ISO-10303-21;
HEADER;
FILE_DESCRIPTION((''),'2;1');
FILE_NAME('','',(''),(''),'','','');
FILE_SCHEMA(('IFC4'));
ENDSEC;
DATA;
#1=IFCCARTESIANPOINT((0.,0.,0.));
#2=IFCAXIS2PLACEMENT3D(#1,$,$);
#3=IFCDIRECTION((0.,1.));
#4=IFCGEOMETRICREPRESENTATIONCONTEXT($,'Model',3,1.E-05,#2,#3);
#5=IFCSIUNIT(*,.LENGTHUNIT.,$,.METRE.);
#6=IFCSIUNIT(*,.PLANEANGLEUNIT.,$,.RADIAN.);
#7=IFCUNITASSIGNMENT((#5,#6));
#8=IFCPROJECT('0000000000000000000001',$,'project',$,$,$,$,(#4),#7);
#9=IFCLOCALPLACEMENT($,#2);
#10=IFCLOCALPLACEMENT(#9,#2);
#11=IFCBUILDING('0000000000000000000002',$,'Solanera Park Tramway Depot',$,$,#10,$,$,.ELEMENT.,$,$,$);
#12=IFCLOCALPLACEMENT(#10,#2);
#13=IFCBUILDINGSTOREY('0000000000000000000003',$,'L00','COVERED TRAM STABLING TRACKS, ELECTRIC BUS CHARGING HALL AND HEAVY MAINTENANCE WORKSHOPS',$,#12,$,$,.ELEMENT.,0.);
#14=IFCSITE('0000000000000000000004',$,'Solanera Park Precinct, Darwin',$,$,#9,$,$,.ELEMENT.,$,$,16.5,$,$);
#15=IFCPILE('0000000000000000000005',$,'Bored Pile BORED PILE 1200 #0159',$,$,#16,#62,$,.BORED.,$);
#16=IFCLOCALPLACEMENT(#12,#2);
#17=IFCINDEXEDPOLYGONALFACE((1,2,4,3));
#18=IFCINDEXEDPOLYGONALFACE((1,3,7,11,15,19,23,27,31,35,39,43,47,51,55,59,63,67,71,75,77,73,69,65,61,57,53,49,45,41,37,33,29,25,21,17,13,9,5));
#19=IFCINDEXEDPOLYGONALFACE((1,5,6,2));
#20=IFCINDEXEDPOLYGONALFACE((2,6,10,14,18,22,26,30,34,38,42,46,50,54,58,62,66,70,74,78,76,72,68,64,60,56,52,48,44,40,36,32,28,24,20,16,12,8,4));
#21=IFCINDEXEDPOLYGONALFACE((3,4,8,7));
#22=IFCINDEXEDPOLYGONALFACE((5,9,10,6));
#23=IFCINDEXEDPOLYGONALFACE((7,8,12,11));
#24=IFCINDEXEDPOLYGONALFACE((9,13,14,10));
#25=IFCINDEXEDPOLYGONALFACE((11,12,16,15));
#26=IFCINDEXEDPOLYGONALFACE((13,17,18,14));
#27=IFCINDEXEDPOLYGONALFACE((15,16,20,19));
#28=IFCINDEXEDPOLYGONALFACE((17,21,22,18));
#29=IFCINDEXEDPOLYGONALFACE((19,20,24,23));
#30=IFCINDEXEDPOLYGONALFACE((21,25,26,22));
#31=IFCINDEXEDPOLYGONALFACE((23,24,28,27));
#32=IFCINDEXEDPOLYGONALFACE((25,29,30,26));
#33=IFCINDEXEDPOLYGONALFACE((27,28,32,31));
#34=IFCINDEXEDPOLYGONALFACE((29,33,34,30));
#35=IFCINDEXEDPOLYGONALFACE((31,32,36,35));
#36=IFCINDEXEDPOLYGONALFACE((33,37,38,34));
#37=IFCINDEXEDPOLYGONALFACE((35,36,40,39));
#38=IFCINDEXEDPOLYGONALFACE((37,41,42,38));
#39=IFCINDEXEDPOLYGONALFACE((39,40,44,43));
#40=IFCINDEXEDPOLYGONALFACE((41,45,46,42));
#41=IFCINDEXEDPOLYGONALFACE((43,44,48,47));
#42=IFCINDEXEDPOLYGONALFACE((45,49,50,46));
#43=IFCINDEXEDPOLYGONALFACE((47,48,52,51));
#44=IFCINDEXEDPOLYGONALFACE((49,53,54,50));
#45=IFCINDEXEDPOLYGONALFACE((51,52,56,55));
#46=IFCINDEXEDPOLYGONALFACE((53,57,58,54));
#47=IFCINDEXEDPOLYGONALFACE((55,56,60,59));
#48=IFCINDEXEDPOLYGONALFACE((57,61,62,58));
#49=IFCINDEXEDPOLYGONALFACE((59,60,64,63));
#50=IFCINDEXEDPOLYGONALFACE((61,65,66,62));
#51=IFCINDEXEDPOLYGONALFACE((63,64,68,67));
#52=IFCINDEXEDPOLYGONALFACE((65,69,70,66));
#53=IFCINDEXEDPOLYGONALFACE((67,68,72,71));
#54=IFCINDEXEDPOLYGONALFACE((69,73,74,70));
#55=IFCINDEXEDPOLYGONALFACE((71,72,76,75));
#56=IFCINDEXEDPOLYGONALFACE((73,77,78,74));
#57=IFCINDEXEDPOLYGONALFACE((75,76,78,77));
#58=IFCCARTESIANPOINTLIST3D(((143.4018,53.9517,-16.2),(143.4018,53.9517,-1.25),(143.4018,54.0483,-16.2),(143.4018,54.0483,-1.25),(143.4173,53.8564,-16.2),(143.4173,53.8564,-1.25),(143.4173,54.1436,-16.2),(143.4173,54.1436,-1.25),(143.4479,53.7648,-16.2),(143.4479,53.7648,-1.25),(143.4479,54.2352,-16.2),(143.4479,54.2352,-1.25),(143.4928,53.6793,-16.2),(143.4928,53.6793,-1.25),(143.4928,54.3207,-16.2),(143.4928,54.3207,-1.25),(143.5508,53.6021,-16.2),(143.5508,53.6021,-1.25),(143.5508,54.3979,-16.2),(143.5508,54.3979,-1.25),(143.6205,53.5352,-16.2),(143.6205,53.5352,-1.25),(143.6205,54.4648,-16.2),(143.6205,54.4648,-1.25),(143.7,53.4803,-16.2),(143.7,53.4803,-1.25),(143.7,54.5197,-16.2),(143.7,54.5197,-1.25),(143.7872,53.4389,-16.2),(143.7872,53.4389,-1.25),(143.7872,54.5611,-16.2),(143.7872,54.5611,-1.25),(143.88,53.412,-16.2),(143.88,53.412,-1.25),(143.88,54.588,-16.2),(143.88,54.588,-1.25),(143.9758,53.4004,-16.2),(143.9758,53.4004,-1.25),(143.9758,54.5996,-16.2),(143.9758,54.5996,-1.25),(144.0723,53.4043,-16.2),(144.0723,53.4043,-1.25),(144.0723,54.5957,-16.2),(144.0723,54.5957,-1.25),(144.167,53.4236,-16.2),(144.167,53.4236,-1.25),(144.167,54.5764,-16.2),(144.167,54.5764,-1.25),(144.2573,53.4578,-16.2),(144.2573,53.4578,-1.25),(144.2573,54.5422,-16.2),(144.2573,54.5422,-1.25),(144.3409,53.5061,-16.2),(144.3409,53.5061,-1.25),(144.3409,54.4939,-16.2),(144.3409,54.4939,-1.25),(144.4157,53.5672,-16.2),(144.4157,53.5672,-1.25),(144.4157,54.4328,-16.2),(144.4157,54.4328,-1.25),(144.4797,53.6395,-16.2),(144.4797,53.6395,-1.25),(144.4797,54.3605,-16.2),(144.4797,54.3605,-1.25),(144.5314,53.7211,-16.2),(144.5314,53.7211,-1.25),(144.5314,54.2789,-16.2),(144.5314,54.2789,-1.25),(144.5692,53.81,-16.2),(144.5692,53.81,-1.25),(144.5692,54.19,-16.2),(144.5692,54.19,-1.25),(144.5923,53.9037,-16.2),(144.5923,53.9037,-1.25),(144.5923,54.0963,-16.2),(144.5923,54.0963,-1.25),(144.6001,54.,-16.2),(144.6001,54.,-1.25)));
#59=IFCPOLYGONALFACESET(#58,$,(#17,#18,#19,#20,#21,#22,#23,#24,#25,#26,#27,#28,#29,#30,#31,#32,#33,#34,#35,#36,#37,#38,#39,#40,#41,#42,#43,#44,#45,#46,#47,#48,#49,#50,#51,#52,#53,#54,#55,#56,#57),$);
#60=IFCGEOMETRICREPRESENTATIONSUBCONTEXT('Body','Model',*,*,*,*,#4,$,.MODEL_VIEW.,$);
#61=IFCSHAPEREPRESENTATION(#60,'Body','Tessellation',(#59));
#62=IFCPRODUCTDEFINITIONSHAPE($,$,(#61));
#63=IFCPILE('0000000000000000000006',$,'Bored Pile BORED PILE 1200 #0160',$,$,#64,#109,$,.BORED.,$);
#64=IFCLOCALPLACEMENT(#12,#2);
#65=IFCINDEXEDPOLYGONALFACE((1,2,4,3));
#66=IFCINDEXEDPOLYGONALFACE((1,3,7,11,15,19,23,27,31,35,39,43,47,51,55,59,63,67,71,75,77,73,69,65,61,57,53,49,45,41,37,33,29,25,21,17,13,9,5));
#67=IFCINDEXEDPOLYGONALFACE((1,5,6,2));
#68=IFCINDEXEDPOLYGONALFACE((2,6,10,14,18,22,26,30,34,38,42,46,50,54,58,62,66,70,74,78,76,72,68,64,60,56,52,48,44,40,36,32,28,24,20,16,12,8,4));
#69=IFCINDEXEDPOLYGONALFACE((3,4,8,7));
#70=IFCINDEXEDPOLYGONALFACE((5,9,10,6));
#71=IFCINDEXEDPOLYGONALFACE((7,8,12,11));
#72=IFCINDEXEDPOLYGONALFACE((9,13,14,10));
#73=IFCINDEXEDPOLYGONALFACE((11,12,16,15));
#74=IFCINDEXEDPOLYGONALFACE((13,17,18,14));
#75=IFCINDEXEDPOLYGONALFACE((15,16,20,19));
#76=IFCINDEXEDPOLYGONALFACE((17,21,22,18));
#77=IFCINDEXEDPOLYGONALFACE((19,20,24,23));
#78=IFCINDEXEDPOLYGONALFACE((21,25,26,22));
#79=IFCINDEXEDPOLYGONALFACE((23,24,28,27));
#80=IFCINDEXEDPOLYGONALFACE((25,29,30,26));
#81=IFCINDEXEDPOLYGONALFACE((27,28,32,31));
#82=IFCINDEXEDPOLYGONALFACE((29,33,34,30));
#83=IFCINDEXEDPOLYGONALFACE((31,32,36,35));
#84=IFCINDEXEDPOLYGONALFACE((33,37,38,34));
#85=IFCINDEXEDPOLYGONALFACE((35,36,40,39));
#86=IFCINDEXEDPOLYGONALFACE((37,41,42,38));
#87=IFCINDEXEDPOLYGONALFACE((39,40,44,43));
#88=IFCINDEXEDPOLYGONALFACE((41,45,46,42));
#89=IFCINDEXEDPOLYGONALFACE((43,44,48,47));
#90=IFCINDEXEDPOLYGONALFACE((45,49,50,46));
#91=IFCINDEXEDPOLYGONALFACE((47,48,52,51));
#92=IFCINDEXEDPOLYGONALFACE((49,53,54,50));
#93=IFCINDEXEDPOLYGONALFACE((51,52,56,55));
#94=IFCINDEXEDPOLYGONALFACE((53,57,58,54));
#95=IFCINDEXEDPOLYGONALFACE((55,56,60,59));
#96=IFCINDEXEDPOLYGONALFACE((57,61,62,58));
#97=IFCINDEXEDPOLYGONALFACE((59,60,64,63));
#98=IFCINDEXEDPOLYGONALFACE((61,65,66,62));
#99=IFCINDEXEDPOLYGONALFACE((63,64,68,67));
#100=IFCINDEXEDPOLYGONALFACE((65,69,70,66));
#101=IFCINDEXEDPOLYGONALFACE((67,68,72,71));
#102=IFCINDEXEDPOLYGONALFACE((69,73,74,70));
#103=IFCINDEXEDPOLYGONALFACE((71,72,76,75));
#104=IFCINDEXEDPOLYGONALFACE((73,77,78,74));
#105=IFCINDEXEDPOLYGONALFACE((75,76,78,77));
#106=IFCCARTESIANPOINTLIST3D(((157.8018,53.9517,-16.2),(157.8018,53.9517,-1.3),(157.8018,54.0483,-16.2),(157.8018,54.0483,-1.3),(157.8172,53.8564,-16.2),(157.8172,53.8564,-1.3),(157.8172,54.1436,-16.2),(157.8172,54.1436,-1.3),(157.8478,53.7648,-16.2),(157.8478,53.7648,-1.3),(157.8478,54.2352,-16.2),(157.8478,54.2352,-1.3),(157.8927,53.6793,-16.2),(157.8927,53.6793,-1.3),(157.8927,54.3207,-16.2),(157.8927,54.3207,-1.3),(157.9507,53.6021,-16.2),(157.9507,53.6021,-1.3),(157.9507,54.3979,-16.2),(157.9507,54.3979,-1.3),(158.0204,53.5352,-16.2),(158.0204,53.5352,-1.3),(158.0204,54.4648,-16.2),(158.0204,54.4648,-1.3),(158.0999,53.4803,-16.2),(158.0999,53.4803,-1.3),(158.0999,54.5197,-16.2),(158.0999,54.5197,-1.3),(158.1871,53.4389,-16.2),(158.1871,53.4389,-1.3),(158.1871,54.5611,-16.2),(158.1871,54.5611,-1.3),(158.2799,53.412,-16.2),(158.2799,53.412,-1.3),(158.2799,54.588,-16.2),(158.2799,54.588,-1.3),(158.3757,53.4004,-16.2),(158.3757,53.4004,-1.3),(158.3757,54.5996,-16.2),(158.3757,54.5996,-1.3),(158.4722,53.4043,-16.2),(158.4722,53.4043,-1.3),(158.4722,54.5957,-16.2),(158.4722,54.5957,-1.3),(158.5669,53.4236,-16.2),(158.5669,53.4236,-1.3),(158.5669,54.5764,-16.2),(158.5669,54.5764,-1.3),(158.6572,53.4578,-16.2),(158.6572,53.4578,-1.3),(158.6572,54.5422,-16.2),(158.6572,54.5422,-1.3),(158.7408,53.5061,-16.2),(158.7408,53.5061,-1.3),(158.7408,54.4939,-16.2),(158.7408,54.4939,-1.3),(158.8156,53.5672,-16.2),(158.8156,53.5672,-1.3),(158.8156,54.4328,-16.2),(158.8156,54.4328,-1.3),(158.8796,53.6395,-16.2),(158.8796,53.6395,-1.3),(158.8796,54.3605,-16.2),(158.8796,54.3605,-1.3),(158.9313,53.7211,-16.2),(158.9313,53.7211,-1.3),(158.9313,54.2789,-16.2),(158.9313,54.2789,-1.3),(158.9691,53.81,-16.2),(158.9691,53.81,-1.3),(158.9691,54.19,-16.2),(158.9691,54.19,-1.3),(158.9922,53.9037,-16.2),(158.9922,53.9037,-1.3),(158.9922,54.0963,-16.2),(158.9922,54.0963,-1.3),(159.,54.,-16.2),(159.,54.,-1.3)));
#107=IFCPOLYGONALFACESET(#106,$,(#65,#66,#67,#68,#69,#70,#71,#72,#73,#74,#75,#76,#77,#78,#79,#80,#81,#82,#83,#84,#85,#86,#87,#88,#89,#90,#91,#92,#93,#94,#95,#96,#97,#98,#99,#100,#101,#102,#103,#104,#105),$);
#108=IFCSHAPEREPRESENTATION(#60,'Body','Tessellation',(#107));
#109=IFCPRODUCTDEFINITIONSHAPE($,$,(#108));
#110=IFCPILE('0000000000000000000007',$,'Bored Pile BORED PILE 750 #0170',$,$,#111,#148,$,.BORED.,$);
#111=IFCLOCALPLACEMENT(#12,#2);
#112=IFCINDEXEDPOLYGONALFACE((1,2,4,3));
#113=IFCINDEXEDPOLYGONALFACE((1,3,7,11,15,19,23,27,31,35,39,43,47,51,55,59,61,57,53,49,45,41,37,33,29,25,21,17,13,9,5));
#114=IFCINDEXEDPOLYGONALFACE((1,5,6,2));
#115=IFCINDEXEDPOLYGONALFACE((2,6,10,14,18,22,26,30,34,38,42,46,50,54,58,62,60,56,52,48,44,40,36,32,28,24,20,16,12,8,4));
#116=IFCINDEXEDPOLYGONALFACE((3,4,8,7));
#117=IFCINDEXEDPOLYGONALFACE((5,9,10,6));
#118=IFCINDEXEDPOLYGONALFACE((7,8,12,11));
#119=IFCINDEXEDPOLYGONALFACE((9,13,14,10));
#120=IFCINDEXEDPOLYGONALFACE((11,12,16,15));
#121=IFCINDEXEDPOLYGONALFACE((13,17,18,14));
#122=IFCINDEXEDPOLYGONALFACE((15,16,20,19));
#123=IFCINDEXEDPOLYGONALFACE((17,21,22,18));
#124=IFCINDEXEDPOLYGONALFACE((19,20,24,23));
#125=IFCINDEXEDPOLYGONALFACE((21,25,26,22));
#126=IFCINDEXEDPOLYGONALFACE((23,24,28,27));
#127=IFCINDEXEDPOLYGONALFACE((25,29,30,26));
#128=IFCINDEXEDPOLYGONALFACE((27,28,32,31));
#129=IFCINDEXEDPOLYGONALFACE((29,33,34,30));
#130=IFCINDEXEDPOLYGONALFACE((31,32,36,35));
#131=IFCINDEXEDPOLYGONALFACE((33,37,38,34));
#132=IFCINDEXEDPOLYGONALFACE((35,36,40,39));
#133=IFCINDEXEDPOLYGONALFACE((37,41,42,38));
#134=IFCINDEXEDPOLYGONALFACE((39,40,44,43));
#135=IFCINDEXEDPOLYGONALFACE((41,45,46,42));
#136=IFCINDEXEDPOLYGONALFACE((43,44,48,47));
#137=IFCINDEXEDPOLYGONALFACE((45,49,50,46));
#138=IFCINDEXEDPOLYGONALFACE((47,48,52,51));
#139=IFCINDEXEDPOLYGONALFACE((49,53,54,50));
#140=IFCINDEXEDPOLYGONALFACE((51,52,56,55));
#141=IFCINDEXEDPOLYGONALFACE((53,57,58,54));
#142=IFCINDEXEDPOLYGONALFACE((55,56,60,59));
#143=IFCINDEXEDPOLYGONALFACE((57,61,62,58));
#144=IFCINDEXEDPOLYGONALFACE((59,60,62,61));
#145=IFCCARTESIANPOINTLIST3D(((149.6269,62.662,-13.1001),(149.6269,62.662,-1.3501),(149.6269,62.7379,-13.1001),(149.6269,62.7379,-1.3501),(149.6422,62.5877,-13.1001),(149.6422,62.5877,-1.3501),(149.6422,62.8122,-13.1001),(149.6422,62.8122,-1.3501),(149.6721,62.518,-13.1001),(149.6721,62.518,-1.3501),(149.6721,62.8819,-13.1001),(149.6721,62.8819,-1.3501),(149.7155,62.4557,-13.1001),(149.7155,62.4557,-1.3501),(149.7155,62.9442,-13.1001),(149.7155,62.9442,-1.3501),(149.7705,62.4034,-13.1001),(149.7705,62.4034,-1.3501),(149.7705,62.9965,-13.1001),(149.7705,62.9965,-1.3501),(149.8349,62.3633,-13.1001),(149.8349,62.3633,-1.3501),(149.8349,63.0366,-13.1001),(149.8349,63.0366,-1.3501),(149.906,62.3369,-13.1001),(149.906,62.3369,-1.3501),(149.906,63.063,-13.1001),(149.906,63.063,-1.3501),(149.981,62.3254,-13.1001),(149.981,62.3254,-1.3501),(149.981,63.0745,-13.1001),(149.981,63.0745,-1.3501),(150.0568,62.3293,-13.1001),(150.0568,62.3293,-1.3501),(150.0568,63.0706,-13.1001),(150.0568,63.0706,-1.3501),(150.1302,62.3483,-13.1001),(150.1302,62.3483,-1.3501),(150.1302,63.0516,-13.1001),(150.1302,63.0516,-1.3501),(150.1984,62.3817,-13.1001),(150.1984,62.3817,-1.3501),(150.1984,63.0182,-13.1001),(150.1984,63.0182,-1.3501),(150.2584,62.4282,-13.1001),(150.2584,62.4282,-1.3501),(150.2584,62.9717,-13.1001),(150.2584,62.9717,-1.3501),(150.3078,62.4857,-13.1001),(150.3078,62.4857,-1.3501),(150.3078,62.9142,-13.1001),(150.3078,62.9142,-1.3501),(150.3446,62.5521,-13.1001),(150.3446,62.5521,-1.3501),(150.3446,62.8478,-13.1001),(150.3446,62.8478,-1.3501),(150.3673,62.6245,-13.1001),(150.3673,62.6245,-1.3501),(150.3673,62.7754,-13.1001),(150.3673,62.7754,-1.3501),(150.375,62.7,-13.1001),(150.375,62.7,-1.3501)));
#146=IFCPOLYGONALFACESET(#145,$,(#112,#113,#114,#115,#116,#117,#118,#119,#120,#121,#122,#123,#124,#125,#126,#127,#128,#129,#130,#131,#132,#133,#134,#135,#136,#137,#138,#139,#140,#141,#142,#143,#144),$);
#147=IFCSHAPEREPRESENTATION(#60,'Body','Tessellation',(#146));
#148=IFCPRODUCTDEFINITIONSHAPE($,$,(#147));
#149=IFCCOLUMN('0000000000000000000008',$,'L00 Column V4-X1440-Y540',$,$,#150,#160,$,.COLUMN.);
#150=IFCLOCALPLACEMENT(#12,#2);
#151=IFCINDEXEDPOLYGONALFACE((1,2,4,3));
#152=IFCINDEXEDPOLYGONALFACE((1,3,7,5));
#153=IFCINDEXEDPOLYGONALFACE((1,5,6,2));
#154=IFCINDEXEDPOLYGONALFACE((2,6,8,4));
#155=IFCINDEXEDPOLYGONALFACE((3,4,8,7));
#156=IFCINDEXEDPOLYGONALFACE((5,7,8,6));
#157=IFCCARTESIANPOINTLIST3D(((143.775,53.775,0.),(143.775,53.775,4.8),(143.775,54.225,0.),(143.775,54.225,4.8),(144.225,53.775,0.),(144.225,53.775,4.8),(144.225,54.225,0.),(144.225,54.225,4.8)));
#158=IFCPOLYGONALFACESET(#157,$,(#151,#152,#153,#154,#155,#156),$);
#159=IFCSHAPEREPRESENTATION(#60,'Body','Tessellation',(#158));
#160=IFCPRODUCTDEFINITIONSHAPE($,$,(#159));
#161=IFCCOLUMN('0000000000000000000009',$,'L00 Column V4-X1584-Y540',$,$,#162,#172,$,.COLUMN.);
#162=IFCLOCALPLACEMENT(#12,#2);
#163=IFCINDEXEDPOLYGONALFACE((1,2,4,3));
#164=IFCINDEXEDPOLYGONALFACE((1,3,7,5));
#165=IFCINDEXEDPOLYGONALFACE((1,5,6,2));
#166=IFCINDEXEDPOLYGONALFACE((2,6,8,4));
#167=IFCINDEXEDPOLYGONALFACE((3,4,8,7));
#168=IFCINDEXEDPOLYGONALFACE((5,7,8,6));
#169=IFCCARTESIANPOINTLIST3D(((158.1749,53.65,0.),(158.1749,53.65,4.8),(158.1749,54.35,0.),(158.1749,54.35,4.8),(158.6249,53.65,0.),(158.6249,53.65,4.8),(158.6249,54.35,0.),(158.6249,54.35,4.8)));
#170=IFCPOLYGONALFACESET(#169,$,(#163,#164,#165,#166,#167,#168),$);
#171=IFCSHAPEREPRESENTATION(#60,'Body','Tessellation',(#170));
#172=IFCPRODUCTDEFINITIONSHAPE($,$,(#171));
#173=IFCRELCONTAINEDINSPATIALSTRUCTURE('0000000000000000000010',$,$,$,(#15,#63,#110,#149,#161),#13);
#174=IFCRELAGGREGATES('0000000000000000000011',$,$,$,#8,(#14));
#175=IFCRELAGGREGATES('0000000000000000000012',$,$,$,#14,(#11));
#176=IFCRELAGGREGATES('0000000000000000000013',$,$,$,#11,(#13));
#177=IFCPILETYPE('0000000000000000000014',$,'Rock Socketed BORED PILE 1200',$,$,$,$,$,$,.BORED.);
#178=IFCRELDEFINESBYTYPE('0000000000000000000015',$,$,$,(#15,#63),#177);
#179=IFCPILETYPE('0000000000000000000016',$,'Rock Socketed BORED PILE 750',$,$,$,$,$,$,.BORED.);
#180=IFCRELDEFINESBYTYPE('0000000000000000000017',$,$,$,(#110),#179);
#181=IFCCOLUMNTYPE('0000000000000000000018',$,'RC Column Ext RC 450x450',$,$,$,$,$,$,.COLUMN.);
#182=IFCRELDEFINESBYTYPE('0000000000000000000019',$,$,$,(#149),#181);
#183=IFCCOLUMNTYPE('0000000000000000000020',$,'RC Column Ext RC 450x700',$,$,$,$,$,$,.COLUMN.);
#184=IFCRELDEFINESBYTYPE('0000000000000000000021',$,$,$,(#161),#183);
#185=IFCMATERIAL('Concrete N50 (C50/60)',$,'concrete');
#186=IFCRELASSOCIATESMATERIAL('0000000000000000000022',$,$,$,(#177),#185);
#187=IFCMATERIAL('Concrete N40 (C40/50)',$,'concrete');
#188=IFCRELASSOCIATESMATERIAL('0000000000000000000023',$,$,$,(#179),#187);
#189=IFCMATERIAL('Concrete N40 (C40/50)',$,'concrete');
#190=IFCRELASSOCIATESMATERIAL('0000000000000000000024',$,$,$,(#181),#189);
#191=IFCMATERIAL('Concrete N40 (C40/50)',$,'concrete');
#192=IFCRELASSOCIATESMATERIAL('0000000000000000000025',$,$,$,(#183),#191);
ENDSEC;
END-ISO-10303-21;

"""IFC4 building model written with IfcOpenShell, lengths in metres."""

from ifc_helpers import new_model, si_unit, direction, frame, origin, origin_2d, place, context, subcontext, project, spatial, rectangle, circle, extrude, material, material_profile, profile_set, type_object, element, save


model = new_model("IFC4")

# Units and contexts
model_context = context("Model", 3, precision=1e-05, world=origin(), true_north=direction((0.0, 1.0)))
body_context = subcontext(model_context, "Body", "Model", "MODEL_VIEW")
ifc_project = project(units=[si_unit("LENGTHUNIT", "METRE"), si_unit("PLANEANGLEUNIT", "RADIAN")], contexts=[model_context])

# Site, building, storey
site_placement = place(None, origin())
site = spatial("IfcSite", under=ifc_project, at=site_placement, Name="Solanera Park Precinct, Darwin", CompositionType="ELEMENT", RefElevation=16.5)
building_placement = place(site_placement, origin())
building = spatial("IfcBuilding", under=site, at=building_placement, Name="Solanera Park Tramway Depot", CompositionType="ELEMENT")
storey_placement = place(building_placement, origin())
storey = spatial("IfcBuildingStorey", under=building, at=storey_placement, Name="L00", Description="COVERED TRAM STABLING TRACKS, ELECTRIC BUS CHARGING HALL AND HEAVY MAINTENANCE WORKSHOPS", CompositionType="ELEMENT", Elevation=0.0)

# Piles
ifc_material_1 = material(Name="Concrete N50 (C50/60)", Category="concrete")
ifc_material_profile_1 = material_profile(ifc_material_1, circle(Radius=0.6001, at=origin_2d()), Name="BORED PILE 1200")
ifc_profile_set_1 = profile_set([ifc_material_profile_1], Name="Concrete N50 (C50/60)")
pile_type_1 = type_object("IfcPileType", Name="Rock Socketed BORED PILE 1200", PredefinedType="BORED", material=ifc_profile_set_1)
pile_1_placement = place(storey_placement, frame((144.0, 54.0, -1.25), z_axis=(0.0, 0.0, -1.0), x_axis=(1.0, 0.0, 0.0)))
element("IfcPile", 1, at=pile_1_placement, inside=storey, type_object=pile_type_1, Name="Bored Pile BORED PILE 1200 #0159", PredefinedType="BORED", context=body_context, shape_type="SweptSolid", body=[
    extrude(circle(Radius=0.6001, at=origin_2d()), origin(), (0.0, 0.0, 1.0), 14.95),
])
pile_2_placement = place(storey_placement, frame((158.3999, 54.0, -1.3), z_axis=(0.0, 0.0, -1.0), x_axis=(1.0, 0.0, 0.0)))
element("IfcPile", 2, at=pile_2_placement, inside=storey, type_object=pile_type_1, Name="Bored Pile BORED PILE 1200 #0160", PredefinedType="BORED", context=body_context, shape_type="SweptSolid", body=[
    extrude(circle(Radius=0.6001, at=origin_2d()), origin(), (0.0, 0.0, 1.0), 14.8999),
])
ifc_material_2 = material(Name="Concrete N40 (C40/50)", Category="concrete")
ifc_material_profile_2 = material_profile(ifc_material_2, circle(Radius=0.375, at=origin_2d()), Name="BORED PILE 750")
ifc_profile_set_2 = profile_set([ifc_material_profile_2], Name="Concrete N40 (C40/50)")
pile_type_2 = type_object("IfcPileType", Name="Rock Socketed BORED PILE 750", PredefinedType="BORED", material=ifc_profile_set_2)
pile_3_placement = place(storey_placement, frame((150.0, 62.7, -1.3501), z_axis=(0.0, 0.0, -1.0), x_axis=(1.0, 0.0, 0.0)))
element("IfcPile", 3, at=pile_3_placement, inside=storey, type_object=pile_type_2, Name="Bored Pile BORED PILE 750 #0170", PredefinedType="BORED", context=body_context, shape_type="SweptSolid", body=[
    extrude(circle(Radius=0.375, at=origin_2d()), origin(), (0.0, 0.0, 1.0), 11.75),
])

# Columns
ifc_material_3 = material(Name="Concrete N40 (C40/50)", Category="concrete")
ifc_material_profile_3 = material_profile(ifc_material_3, rectangle(XDim=0.45, YDim=0.45, at=origin_2d()), Name="RC 450x450")
ifc_profile_set_3 = profile_set([ifc_material_profile_3], Name="Concrete N40 (C40/50)")
column_type_1 = type_object("IfcColumnType", Name="RC Column Ext RC 450x450", PredefinedType="COLUMN", material=ifc_profile_set_3)
column_1_placement = place(storey_placement, frame((144.0, 54.0, 0.0), z_axis=(0.0, 0.0, 1.0), x_axis=(1.0, 0.0, 0.0)))
element("IfcColumn", 4, at=column_1_placement, inside=storey, type_object=column_type_1, Name="L00 Column V4-X1440-Y540", PredefinedType="COLUMN", context=body_context, shape_type="SweptSolid", body=[
    extrude(rectangle(XDim=0.45, YDim=0.45, at=origin_2d()), origin(), (0.0, 0.0, 1.0), 4.8),
])
ifc_material_4 = material(Name="Concrete N40 (C40/50)", Category="concrete")
ifc_material_profile_4 = material_profile(ifc_material_4, rectangle(XDim=0.45, YDim=0.7, at=origin_2d()), Name="RC 450x700")
ifc_profile_set_4 = profile_set([ifc_material_profile_4], Name="Concrete N40 (C40/50)")
column_type_2 = type_object("IfcColumnType", Name="RC Column Ext RC 450x700", PredefinedType="COLUMN", material=ifc_profile_set_4)
column_2_placement = place(storey_placement, frame((158.3999, 54.0, 0.0), z_axis=(0.0, 0.0, 1.0), x_axis=(1.0, 0.0, 0.0)))
element("IfcColumn", 5, at=column_2_placement, inside=storey, type_object=column_type_2, Name="L00 Column V4-X1584-Y540", PredefinedType="COLUMN", context=body_context, shape_type="SweptSolid", body=[
    extrude(rectangle(XDim=0.45, YDim=0.7, at=origin_2d()), origin(), (0.0, 0.0, 1.0), 4.8),
])

save(model, "model.ifc")
